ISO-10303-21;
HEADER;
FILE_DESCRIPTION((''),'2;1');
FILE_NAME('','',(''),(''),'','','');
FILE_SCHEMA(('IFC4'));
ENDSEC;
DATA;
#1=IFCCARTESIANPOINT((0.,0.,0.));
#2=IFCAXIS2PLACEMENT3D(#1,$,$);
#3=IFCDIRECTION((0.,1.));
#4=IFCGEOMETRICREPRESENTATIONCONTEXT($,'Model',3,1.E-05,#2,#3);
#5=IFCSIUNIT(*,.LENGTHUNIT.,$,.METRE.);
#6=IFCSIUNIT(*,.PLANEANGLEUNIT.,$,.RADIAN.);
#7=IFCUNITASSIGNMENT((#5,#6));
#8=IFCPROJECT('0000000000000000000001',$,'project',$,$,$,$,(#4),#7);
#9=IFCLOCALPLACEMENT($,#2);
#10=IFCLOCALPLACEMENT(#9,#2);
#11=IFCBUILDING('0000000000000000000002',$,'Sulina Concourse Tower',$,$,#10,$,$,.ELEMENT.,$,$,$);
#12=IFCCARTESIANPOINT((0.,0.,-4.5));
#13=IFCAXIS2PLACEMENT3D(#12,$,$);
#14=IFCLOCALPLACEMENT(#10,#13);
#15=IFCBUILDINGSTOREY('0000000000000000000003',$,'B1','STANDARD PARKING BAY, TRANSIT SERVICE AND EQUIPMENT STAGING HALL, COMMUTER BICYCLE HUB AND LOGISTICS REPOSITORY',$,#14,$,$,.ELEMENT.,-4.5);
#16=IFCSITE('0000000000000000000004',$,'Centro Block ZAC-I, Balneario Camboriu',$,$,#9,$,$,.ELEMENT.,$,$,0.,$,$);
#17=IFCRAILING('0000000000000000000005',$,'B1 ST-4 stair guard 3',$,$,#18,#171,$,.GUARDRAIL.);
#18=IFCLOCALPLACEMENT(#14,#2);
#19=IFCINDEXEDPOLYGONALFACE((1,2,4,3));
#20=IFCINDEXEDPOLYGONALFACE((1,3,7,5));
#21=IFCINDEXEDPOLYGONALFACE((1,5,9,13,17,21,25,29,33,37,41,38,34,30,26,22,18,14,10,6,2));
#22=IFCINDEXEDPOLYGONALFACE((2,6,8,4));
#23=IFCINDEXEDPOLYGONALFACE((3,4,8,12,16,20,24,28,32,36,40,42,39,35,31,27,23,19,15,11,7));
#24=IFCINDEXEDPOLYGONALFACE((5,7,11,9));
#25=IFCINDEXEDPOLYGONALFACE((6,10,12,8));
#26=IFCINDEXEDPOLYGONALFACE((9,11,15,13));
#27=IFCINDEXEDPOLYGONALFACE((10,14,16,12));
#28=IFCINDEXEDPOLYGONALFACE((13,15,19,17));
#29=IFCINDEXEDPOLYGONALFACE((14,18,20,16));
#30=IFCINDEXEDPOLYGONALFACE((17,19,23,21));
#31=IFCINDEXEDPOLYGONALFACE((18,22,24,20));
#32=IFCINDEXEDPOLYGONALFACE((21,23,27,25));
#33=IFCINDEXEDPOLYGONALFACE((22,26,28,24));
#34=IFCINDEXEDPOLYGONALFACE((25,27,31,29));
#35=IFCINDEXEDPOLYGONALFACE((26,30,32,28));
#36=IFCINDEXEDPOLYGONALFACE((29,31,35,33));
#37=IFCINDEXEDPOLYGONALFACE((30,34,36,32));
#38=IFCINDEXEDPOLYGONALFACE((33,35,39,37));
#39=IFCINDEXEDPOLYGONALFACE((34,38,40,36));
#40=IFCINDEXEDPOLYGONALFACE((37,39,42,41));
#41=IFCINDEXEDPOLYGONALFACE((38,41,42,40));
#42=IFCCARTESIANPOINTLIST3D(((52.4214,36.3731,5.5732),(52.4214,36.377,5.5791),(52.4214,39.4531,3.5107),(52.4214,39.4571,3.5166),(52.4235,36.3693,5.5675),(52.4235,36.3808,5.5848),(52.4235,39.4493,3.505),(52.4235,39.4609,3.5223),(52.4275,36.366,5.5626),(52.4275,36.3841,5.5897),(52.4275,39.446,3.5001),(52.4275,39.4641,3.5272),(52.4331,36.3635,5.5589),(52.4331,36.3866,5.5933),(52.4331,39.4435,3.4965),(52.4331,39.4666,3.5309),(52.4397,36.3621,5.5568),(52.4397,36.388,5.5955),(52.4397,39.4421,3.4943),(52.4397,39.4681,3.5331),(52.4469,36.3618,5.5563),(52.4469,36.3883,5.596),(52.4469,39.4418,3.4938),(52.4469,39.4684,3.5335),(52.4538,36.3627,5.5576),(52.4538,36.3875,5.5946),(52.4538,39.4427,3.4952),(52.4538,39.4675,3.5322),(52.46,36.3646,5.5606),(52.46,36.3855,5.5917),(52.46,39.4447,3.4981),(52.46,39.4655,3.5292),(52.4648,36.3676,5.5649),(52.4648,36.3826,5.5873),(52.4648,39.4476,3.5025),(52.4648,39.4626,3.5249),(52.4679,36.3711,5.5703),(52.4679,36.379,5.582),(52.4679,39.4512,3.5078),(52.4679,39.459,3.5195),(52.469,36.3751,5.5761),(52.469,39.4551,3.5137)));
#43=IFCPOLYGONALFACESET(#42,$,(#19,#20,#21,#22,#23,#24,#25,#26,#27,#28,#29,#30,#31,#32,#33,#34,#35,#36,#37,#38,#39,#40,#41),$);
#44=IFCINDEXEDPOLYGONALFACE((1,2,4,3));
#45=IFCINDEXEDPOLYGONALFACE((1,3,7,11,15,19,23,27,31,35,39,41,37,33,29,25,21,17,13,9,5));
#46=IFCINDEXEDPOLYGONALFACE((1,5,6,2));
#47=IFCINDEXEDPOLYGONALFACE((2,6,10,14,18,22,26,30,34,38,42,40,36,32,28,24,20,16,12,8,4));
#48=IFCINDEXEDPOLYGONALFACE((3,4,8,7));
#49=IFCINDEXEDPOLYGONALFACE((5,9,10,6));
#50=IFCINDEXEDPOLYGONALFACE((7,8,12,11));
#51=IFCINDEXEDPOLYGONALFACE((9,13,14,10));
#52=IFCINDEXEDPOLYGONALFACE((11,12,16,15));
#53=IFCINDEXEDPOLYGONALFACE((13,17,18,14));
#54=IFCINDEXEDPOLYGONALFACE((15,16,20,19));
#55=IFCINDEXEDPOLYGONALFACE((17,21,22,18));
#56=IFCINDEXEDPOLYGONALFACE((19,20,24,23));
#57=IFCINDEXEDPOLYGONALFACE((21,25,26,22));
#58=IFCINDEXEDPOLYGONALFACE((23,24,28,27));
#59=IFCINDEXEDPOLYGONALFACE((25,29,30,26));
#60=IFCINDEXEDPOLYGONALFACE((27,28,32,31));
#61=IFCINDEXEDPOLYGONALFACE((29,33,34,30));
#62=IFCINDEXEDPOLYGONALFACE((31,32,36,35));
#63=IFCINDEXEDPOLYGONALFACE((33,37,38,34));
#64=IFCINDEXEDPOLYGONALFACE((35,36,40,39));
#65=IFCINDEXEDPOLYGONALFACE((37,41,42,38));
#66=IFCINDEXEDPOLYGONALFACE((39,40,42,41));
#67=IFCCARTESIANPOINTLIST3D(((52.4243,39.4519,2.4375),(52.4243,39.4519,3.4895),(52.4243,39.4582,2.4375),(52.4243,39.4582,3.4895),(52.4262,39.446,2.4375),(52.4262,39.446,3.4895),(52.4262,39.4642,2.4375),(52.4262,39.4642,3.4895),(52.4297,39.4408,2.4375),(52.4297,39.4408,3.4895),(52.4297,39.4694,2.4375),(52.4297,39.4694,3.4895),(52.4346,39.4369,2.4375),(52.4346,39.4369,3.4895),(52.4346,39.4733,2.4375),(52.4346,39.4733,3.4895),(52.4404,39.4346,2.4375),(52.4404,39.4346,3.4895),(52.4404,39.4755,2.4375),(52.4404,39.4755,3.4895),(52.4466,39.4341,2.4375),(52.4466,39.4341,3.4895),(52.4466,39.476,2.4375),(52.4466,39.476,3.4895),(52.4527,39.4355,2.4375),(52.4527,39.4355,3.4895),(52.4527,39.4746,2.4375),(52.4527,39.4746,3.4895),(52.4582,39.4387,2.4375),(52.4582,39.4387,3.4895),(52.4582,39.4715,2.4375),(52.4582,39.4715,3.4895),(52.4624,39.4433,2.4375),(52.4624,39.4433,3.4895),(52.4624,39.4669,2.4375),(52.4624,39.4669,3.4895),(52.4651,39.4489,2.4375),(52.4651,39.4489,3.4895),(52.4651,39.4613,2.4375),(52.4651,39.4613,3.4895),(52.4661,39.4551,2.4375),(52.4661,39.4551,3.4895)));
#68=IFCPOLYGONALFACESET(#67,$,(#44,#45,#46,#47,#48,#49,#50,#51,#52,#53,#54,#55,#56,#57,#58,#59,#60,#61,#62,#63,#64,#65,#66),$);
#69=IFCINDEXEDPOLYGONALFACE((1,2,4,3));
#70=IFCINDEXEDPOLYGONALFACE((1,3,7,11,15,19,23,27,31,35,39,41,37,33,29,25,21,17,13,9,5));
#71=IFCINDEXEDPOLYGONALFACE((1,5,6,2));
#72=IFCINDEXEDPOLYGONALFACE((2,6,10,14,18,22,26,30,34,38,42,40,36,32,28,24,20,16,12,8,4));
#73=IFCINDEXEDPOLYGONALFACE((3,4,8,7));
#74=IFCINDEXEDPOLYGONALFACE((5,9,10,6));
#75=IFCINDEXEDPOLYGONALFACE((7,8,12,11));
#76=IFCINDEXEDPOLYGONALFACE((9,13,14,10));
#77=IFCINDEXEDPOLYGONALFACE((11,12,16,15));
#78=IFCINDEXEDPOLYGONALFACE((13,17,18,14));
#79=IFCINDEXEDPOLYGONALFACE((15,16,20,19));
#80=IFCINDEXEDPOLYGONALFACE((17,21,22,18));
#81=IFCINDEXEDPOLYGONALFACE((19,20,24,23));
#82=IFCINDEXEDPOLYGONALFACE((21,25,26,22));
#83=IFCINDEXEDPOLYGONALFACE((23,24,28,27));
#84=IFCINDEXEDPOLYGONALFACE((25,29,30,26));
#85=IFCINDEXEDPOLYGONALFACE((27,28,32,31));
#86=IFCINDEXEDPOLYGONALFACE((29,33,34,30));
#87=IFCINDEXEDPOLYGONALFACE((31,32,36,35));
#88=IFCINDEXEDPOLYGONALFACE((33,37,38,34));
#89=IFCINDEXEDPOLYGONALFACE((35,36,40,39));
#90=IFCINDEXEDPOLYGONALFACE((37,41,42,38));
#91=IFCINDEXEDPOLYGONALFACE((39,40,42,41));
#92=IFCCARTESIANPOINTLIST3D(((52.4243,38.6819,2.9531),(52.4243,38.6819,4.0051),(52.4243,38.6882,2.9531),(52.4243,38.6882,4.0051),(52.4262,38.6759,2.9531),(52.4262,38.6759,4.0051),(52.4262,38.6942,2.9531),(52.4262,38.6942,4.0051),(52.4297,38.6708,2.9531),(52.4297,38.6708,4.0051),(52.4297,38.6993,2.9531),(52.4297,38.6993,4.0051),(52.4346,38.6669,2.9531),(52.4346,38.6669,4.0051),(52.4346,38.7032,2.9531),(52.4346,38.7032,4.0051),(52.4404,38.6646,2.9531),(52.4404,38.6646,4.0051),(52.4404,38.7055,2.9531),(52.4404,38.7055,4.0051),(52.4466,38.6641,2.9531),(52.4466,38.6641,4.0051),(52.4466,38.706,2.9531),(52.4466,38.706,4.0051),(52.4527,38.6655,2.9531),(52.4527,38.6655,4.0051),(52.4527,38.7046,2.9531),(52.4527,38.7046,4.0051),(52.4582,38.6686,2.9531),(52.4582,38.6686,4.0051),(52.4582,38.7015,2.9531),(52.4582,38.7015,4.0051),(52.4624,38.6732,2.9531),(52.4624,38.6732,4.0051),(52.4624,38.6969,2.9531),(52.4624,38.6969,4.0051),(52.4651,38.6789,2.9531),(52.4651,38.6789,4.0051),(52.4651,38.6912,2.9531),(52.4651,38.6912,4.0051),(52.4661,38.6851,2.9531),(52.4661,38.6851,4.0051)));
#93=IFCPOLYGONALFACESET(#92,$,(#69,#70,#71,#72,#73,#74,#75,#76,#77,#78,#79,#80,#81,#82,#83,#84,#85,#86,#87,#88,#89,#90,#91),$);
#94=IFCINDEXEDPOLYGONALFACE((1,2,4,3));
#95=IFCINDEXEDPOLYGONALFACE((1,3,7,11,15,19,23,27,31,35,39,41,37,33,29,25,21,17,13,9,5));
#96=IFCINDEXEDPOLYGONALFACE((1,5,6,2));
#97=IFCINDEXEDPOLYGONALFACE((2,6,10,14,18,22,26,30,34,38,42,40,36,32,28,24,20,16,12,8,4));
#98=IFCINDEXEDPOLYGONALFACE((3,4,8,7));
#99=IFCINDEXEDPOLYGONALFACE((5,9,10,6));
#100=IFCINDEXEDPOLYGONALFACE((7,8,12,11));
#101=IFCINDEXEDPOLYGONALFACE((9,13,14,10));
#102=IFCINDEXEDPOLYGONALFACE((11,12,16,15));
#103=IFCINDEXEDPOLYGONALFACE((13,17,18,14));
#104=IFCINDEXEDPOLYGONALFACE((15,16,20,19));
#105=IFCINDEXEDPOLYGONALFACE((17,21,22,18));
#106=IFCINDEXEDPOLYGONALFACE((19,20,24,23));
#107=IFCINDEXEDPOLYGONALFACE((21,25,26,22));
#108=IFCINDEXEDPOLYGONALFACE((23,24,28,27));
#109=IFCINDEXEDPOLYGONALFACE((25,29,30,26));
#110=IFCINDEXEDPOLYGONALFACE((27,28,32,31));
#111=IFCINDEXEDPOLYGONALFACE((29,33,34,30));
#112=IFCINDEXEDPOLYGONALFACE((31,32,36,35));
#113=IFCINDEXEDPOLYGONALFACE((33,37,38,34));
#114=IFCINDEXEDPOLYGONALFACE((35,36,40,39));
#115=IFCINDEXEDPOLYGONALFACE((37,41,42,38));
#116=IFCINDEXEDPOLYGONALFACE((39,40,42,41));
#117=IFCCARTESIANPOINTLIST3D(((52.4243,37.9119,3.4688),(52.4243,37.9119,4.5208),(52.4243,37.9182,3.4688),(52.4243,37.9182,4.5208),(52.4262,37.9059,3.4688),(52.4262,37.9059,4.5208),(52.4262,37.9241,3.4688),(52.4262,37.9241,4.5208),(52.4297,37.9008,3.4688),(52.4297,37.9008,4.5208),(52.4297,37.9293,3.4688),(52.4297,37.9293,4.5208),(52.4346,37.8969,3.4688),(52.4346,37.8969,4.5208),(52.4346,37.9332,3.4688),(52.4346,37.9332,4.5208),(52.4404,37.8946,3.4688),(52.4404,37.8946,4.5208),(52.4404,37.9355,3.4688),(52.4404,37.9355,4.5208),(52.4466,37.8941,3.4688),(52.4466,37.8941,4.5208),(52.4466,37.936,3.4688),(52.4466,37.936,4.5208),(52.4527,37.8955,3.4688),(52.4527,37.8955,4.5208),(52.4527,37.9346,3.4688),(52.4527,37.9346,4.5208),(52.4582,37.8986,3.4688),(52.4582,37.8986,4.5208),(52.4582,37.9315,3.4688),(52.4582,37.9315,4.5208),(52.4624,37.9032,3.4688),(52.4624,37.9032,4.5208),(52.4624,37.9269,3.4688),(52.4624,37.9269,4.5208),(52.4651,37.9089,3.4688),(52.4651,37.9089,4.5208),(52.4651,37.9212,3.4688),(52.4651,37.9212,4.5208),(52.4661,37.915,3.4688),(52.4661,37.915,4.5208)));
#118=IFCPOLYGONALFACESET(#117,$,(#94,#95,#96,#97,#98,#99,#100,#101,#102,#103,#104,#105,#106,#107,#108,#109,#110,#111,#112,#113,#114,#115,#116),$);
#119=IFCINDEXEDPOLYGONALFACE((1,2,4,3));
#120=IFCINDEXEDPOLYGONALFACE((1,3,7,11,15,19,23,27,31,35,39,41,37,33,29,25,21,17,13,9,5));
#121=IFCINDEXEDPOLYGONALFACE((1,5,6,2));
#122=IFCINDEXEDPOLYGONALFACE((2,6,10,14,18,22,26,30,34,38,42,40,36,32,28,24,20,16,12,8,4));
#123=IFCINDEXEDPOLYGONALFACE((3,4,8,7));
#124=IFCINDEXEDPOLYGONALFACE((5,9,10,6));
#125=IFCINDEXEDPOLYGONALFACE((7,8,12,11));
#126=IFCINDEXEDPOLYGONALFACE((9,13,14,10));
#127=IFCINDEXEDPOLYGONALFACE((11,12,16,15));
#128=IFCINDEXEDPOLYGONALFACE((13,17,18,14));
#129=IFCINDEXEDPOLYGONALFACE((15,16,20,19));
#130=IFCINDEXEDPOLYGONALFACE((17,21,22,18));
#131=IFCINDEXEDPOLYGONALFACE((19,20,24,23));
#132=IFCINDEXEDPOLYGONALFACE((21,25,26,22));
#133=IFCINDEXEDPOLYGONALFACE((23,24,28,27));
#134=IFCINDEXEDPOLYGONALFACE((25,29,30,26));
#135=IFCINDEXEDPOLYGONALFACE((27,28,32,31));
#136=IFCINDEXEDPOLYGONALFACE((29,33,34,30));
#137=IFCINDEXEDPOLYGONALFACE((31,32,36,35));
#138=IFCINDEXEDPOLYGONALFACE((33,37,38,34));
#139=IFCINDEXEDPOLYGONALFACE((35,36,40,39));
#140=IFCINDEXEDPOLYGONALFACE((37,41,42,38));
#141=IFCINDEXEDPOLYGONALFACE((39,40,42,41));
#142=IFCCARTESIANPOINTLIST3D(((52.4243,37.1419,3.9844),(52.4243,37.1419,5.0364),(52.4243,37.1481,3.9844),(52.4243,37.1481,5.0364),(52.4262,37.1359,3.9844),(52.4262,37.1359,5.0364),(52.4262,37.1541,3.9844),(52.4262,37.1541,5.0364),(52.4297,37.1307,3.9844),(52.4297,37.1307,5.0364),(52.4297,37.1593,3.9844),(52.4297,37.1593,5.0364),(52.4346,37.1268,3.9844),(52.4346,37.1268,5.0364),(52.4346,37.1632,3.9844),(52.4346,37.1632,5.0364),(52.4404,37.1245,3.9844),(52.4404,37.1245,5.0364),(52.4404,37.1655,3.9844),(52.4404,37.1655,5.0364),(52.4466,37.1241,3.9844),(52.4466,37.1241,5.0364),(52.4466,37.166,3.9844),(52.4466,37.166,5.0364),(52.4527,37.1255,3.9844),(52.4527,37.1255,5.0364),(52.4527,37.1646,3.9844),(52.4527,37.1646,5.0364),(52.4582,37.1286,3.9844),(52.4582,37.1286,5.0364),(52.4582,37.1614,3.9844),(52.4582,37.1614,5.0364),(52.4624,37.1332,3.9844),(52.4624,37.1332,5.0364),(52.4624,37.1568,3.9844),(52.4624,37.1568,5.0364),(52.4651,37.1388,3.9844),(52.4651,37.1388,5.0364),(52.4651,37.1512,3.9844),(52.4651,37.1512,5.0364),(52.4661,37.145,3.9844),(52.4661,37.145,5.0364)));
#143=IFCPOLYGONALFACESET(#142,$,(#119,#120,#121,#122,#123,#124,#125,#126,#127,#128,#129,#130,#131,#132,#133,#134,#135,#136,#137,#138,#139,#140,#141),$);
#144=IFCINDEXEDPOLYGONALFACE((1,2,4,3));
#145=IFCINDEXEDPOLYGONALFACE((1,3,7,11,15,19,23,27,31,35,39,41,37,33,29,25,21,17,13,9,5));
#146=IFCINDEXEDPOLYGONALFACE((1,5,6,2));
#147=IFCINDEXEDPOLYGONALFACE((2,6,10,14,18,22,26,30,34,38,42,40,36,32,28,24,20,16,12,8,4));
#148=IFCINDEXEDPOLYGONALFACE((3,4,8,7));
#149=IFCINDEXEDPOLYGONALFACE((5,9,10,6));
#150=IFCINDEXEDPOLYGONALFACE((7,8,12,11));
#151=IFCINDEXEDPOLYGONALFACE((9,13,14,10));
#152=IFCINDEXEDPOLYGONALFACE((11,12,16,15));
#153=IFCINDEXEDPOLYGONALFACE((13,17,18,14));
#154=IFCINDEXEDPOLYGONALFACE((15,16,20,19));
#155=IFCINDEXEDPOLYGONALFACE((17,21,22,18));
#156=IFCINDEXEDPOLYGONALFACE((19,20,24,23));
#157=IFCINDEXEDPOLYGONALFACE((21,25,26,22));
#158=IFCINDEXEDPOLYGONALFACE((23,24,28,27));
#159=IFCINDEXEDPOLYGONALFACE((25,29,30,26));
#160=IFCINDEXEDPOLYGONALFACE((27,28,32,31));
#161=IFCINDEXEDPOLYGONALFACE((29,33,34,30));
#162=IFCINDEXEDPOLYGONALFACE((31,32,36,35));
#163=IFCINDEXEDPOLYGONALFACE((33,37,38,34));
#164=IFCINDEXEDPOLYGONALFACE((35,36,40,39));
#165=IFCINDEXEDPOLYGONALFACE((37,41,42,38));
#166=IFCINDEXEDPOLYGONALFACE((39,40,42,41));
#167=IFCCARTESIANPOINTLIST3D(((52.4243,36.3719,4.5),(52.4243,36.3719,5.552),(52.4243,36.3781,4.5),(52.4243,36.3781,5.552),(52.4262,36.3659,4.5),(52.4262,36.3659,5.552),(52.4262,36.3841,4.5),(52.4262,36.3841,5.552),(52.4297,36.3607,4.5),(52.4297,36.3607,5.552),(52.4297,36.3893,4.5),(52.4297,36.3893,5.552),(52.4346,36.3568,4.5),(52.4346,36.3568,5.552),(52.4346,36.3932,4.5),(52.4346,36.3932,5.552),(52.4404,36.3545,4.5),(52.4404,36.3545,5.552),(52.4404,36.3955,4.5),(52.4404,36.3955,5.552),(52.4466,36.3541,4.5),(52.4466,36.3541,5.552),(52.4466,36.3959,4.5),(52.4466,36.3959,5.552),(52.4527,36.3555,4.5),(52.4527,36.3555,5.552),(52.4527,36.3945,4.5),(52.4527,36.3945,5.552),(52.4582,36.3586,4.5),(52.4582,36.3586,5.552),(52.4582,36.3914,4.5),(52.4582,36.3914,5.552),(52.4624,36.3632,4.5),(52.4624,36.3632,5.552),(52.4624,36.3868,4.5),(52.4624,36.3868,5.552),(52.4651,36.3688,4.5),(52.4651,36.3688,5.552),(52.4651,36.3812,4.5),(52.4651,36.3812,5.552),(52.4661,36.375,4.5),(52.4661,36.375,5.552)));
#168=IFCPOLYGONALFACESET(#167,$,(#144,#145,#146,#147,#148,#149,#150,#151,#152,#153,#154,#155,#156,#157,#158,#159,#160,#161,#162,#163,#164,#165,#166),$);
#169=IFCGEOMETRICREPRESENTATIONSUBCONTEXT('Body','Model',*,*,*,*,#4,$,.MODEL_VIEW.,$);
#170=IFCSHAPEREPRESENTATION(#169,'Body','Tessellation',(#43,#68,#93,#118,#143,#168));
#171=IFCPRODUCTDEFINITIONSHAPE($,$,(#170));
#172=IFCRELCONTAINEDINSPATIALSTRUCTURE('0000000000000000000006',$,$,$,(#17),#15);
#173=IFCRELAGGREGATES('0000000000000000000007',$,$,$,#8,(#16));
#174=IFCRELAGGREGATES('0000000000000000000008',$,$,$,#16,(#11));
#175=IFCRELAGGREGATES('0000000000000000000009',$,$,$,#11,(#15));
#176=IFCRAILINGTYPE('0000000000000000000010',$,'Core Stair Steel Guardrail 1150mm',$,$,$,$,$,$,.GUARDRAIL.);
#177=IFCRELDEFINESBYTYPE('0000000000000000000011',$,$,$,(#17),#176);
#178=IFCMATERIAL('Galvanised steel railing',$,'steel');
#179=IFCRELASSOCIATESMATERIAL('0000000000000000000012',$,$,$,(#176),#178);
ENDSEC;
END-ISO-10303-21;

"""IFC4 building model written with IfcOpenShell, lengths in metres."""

from ifc_helpers import new_model, si_unit, direction, frame, origin, origin_2d, place, context, subcontext, project, spatial, circle, extrude, material, type_object, element, save


model = new_model("IFC4")

# Units and contexts
model_context = context("Model", 3, precision=1e-05, world=origin(), true_north=direction((0.0, 1.0)))
body_context = subcontext(model_context, "Body", "Model", "MODEL_VIEW")
ifc_project = project(units=[si_unit("LENGTHUNIT", "METRE"), si_unit("PLANEANGLEUNIT", "RADIAN")], contexts=[model_context])

# Site, building, storey
site_placement = place(None, origin())
site = spatial("IfcSite", under=ifc_project, at=site_placement, Name="Centro Block ZAC-I, Balneario Camboriu", CompositionType="ELEMENT", RefElevation=0.0)
building_placement = place(site_placement, origin())
building = spatial("IfcBuilding", under=site, at=building_placement, Name="Sulina Concourse Tower", CompositionType="ELEMENT")
storey_placement = place(building_placement, frame((0.0, 0.0, -4.5)))
storey = spatial("IfcBuildingStorey", under=building, at=storey_placement, Name="B1", Description="STANDARD PARKING BAY, TRANSIT SERVICE AND EQUIPMENT STAGING HALL, COMMUTER BICYCLE HUB AND LOGISTICS REPOSITORY", CompositionType="ELEMENT", Elevation=-4.5)

# Railing
ifc_material_1 = material(Name="Galvanised steel railing", Category="steel")
railing_type_1 = type_object("IfcRailingType", Name="Core Stair Steel Guardrail 1150mm", PredefinedType="GUARDRAIL", material=ifc_material_1)
railing_1_placement = place(storey_placement, frame((52.4451, 39.4551, 2.4375)))
element("IfcRailing", 1, at=railing_1_placement, inside=storey, type_object=railing_type_1, Name="B1 ST-4 stair guard 3", PredefinedType="GUARDRAIL", context=body_context, shape_type="SweptSolid", body=[
    extrude(circle(Radius=0.0239, at=origin_2d()), frame((0.0, 0.0, 1.0762), z_axis=(0.0, -0.830914, 0.556401), x_axis=(1.0, 0.0, 0.0)), (0.0, 0.0, 1.0), 3.7068),
    extrude(circle(Radius=0.021, at=origin_2d()), origin(), (0.0, 0.0, 1.0), 1.052),
    extrude(circle(Radius=0.021, at=origin_2d()), frame((0.0, -0.77, 0.5156)), (0.0, 0.0, 1.0), 1.052),
    extrude(circle(Radius=0.021, at=origin_2d()), frame((0.0, -1.54, 1.0312)), (0.0, 0.0, 1.0), 1.052),
    extrude(circle(Radius=0.021, at=origin_2d()), frame((0.0, -2.3101, 1.5469)), (0.0, 0.0, 1.0), 1.052),
    extrude(circle(Radius=0.021, at=origin_2d()), frame((0.0, -3.0801, 2.0625)), (0.0, 0.0, 1.0), 1.052),
])

save(model, "model.ifc")
